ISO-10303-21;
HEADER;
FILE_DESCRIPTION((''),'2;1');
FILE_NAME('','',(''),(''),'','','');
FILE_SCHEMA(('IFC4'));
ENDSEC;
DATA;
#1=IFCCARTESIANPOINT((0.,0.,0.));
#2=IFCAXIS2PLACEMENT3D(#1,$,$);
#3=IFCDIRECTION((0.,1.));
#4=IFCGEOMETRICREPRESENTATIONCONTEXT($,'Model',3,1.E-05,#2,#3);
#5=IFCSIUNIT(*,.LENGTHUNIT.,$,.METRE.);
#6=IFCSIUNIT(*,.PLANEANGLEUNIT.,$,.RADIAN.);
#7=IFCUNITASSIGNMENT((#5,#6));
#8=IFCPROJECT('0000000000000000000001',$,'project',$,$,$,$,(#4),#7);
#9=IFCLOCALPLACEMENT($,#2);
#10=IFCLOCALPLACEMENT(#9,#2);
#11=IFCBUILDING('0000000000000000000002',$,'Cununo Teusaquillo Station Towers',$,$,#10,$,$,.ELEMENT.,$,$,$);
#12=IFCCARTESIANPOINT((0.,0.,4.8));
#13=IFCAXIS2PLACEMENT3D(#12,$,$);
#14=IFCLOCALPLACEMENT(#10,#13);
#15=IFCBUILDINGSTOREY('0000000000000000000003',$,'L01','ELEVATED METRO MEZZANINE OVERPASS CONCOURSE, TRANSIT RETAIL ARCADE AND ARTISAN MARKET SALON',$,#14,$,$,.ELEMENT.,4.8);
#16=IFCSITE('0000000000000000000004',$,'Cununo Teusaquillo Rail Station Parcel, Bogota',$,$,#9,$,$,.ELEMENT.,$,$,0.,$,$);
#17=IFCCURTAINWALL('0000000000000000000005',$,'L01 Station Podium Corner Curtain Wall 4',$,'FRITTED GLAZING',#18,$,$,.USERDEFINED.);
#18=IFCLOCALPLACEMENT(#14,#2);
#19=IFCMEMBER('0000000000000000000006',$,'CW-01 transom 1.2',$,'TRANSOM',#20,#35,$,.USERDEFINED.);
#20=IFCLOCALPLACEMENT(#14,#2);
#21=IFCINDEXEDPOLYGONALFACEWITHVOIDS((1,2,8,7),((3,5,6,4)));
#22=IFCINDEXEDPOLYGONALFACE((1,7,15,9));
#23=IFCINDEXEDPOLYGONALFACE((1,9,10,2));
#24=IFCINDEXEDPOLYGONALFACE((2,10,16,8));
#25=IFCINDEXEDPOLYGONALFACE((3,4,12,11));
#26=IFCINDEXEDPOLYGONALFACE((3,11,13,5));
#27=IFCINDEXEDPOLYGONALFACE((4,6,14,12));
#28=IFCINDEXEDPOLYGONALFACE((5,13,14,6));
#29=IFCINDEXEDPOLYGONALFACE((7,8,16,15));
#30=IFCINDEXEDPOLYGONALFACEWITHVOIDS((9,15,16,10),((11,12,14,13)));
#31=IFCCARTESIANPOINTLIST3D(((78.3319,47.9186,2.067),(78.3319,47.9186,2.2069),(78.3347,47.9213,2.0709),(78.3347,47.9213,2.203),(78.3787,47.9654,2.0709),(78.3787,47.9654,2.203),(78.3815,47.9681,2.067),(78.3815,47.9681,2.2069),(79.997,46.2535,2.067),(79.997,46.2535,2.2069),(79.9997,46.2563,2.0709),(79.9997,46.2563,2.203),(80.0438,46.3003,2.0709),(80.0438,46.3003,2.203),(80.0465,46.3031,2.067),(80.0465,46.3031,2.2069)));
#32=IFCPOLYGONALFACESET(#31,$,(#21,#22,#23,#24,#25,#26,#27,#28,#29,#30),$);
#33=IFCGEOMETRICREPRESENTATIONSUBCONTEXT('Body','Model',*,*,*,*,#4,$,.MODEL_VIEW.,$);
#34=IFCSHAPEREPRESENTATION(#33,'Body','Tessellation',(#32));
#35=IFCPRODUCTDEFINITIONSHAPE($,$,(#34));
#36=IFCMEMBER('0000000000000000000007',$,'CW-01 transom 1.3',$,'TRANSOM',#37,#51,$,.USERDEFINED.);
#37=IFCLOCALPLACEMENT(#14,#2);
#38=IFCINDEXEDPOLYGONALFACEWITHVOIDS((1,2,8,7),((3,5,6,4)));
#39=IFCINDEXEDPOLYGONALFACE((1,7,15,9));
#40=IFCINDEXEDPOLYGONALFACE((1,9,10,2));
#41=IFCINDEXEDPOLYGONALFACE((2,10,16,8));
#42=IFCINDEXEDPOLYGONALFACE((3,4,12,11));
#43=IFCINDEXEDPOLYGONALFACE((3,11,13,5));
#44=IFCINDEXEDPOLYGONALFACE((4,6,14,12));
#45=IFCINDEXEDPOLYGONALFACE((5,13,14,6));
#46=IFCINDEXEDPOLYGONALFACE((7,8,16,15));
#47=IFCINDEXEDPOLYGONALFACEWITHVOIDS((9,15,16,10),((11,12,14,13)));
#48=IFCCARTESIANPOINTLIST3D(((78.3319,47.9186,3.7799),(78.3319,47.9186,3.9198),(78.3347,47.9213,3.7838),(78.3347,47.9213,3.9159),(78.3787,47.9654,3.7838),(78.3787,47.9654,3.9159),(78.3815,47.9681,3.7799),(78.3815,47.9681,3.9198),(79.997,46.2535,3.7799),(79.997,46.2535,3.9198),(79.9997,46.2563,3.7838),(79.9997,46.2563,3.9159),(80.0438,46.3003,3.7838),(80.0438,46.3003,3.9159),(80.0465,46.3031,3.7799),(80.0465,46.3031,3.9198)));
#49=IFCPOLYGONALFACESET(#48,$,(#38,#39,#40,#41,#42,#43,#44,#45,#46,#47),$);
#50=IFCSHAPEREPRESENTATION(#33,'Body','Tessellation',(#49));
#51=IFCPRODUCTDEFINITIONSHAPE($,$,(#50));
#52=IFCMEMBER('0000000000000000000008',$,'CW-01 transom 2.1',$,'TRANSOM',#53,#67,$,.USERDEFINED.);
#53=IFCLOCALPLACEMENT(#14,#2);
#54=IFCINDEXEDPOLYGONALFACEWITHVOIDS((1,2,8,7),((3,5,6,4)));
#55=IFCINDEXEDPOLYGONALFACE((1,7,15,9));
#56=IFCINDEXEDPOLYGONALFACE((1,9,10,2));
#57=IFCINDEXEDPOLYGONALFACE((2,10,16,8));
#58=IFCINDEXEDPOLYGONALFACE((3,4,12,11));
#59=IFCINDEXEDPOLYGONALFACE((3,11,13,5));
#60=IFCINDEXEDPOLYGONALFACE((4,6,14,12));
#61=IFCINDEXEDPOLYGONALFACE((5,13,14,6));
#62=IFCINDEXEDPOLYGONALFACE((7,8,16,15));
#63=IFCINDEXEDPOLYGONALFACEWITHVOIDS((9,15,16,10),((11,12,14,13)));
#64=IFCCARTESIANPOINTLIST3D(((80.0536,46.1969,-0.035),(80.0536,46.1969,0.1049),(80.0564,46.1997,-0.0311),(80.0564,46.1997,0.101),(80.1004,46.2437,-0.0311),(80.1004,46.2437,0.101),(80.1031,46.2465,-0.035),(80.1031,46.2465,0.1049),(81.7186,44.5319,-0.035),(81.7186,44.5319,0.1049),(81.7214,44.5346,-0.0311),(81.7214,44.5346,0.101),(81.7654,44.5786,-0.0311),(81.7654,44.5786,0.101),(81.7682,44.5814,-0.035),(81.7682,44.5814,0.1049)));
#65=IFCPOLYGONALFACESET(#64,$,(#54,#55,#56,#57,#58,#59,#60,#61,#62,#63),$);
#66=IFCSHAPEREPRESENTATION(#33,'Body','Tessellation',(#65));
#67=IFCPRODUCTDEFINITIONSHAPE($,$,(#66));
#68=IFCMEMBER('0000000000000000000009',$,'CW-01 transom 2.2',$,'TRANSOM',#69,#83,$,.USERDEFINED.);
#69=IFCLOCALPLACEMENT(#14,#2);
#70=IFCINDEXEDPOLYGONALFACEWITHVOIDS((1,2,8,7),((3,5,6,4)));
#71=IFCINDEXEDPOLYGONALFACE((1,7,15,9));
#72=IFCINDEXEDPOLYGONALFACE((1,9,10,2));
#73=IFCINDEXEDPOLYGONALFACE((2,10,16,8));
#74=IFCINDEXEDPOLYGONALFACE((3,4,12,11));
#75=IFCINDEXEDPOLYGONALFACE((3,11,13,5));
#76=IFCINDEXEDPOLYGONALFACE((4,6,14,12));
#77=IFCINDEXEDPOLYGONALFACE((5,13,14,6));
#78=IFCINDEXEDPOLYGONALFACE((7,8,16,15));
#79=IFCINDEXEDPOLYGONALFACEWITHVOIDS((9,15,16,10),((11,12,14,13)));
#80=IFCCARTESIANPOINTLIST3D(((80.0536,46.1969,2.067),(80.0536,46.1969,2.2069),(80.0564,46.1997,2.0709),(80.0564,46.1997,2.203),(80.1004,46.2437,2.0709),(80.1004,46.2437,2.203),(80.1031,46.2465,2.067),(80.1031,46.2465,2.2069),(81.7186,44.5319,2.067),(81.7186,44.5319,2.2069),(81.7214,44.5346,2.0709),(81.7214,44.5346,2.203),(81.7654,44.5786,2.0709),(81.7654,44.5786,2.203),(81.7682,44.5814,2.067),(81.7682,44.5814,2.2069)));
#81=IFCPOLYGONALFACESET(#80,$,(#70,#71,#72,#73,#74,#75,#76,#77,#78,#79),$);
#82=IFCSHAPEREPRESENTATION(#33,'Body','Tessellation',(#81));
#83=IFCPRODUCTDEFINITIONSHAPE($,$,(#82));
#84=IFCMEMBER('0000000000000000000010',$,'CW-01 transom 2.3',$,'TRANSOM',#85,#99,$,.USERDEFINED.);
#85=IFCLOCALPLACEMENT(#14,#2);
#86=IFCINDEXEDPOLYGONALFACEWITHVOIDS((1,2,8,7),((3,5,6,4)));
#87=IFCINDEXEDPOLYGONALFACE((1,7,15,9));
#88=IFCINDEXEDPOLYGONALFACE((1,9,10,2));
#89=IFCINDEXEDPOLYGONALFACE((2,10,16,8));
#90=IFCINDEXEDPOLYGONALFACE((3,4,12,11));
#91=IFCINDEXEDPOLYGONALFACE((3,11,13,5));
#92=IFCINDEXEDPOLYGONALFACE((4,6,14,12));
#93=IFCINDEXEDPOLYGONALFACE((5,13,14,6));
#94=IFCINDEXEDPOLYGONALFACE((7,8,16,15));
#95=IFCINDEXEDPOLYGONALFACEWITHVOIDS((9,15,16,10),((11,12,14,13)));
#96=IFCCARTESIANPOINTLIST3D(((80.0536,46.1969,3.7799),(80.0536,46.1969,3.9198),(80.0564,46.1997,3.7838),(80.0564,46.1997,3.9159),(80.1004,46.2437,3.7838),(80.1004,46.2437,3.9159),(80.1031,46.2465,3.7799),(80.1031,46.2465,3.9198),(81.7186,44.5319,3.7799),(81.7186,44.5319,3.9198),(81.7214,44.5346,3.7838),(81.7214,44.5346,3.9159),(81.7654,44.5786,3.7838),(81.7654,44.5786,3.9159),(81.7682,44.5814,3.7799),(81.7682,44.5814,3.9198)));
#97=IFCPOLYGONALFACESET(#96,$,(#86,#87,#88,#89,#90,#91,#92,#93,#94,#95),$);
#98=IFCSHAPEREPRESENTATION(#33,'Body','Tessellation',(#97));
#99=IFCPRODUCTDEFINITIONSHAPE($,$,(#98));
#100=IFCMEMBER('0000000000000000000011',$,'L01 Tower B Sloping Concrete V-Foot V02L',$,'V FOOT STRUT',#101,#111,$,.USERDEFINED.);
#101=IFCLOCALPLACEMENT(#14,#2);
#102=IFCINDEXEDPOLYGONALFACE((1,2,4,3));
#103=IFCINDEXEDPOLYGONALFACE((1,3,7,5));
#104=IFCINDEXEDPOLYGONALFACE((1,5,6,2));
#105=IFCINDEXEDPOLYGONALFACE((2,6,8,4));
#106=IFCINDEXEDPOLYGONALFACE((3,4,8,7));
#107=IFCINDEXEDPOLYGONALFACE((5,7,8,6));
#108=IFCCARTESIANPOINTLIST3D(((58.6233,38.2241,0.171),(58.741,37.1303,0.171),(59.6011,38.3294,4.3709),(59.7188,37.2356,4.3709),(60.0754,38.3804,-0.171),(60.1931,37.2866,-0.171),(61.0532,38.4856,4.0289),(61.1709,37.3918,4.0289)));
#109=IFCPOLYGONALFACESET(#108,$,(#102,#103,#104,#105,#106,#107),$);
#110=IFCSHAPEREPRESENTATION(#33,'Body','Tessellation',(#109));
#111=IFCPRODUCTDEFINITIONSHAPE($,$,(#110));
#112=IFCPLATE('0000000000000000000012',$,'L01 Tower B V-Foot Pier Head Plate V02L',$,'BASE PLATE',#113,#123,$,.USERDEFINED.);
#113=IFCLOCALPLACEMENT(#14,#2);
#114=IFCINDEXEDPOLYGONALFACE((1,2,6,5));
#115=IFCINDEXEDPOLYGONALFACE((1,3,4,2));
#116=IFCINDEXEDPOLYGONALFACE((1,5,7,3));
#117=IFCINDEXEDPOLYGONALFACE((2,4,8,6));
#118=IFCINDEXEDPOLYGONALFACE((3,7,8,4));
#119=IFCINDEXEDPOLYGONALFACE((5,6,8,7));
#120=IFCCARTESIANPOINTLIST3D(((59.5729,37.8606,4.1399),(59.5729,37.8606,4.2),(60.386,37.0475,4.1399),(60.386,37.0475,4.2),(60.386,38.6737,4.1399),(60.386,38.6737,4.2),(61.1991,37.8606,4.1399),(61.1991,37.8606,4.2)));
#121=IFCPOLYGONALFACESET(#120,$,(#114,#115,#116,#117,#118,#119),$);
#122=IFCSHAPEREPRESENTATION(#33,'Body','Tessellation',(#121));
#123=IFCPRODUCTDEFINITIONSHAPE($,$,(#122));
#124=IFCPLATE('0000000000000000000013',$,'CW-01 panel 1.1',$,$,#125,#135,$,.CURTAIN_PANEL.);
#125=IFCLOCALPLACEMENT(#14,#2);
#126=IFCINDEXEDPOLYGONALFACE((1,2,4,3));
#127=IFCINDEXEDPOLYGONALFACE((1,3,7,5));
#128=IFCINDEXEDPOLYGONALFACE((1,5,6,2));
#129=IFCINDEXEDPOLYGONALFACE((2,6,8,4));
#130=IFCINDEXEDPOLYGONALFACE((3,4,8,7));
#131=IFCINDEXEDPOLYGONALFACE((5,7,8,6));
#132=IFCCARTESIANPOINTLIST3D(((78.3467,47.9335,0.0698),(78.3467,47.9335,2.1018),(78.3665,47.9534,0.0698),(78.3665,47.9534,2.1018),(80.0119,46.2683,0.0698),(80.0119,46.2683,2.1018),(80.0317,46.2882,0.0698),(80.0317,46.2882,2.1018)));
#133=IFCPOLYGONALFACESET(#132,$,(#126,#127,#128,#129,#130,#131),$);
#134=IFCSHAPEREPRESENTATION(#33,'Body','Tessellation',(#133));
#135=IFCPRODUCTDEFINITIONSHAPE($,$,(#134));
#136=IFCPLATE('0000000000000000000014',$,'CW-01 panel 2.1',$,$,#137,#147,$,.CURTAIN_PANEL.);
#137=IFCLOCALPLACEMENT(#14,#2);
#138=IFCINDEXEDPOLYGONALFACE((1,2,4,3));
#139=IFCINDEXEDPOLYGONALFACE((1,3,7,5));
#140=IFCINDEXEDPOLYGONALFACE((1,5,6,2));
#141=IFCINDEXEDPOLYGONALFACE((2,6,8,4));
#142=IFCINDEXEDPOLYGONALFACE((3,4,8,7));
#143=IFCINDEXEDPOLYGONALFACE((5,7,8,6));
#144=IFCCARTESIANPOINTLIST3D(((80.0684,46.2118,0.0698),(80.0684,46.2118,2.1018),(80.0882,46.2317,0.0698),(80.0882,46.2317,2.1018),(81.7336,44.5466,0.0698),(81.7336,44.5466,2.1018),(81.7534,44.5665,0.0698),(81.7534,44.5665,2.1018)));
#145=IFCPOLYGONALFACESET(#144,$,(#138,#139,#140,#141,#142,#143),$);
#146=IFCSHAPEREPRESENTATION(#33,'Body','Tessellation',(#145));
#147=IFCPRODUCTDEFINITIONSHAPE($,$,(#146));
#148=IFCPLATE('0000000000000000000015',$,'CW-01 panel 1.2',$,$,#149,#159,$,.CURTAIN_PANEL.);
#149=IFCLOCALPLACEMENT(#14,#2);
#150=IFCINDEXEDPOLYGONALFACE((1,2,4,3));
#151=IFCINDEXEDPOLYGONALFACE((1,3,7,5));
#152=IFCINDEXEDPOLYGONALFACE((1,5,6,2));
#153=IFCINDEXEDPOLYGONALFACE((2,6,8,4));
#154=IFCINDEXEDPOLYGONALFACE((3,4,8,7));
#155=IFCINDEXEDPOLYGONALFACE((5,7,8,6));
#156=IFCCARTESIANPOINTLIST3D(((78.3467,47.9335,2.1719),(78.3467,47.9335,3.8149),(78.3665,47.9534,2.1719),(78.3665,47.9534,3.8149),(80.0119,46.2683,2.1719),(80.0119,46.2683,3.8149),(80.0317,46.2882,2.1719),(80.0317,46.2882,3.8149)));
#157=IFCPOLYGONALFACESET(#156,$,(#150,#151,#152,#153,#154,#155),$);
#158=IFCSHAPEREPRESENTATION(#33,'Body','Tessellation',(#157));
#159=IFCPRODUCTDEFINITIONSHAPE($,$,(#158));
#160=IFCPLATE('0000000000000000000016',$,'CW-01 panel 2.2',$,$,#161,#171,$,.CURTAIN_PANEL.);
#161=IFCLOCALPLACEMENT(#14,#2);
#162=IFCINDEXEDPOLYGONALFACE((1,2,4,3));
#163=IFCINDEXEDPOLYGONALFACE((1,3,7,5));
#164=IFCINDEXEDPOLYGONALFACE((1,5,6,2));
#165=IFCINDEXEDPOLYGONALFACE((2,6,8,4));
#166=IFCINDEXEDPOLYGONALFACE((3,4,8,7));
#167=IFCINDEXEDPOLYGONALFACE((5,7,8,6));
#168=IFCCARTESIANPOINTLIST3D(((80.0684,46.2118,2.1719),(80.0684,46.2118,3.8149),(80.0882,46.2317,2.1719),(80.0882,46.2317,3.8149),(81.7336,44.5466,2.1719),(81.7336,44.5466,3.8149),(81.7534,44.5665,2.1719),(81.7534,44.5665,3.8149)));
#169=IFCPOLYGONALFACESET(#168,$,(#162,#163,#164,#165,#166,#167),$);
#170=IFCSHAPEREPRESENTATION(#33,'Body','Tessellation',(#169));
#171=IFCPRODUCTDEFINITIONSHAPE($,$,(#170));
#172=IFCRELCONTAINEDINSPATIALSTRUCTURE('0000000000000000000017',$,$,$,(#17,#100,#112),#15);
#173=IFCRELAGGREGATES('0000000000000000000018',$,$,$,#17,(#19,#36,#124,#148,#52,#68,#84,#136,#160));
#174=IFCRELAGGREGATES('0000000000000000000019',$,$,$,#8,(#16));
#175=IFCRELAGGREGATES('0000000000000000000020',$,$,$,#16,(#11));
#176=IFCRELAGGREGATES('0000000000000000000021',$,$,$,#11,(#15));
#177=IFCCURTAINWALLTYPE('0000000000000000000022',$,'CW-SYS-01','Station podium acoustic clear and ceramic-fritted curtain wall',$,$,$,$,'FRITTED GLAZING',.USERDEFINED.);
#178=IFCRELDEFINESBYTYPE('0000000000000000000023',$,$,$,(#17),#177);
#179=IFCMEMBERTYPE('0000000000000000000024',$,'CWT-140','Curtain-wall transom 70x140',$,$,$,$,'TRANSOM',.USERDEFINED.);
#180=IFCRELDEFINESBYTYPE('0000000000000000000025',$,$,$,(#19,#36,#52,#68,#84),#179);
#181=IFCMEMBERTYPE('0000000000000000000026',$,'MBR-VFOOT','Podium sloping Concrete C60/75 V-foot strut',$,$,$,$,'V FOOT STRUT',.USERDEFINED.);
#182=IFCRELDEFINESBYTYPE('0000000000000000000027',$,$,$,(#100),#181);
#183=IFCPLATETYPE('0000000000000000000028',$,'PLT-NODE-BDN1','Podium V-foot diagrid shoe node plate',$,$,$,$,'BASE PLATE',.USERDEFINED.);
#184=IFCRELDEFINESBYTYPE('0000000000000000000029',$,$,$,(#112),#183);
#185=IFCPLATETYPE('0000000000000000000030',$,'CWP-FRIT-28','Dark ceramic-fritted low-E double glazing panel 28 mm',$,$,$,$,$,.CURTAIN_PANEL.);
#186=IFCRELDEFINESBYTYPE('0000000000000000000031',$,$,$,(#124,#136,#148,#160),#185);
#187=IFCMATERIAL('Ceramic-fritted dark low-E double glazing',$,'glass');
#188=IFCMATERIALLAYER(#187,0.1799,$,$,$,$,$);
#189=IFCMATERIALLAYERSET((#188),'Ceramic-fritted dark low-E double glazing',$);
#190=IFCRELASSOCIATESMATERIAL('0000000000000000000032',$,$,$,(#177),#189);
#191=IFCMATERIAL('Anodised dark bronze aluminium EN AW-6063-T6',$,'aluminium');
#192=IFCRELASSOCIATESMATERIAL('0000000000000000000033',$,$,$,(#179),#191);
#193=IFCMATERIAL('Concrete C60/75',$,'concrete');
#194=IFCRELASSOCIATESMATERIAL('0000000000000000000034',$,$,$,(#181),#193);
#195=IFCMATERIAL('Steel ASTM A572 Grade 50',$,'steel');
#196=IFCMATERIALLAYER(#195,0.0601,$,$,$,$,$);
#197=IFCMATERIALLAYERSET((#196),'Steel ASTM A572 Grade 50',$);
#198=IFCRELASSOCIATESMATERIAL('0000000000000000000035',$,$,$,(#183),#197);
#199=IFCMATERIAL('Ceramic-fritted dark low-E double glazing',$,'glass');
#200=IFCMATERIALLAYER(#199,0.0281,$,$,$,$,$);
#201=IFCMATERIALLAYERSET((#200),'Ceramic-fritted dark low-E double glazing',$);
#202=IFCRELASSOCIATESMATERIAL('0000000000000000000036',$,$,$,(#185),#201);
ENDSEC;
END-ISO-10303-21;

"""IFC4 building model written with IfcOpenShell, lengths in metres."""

from ifc_helpers import new_model, si_unit, direction, frame, origin, origin_2d, place, context, subcontext, project, spatial, rectangle, hollow_rectangle, extrude, source, transform, mapped, material, layer, layer_set, material_profile, profile_set, type_object, element, aggregate, save


model = new_model("IFC4")

# Units and contexts
model_context = context("Model", 3, precision=1e-05, world=origin(), true_north=direction((0.0, 1.0)))
body_context = subcontext(model_context, "Body", "Model", "MODEL_VIEW")
ifc_project = project(units=[si_unit("LENGTHUNIT", "METRE"), si_unit("PLANEANGLEUNIT", "RADIAN")], contexts=[model_context])

# Site, building, storey
site_placement = place(None, origin())
site = spatial("IfcSite", under=ifc_project, at=site_placement, Name="Cununo Teusaquillo Rail Station Parcel, Bogota", CompositionType="ELEMENT", RefElevation=0.0)
building_placement = place(site_placement, origin())
building = spatial("IfcBuilding", under=site, at=building_placement, Name="Cununo Teusaquillo Station Towers", CompositionType="ELEMENT")
storey_placement = place(building_placement, frame((0.0, 0.0, 4.8)))
storey = spatial("IfcBuildingStorey", under=building, at=storey_placement, Name="L01", Description="ELEVATED METRO MEZZANINE OVERPASS CONCOURSE, TRANSIT RETAIL ARCADE AND ARTISAN MARKET SALON", CompositionType="ELEMENT", Elevation=4.8)

# Curtain wall, members
ifc_material_1 = material(Name="Ceramic-fritted dark low-E double glazing", Category="glass")
ifc_layer_1 = layer(ifc_material_1, 0.1799)
ifc_layer_set_1 = layer_set([ifc_layer_1], Name="Ceramic-fritted dark low-E double glazing")
curtain_wall_type = type_object("IfcCurtainWallType", Name="CW-SYS-01", Description="Station podium acoustic clear and ceramic-fritted curtain wall", ElementType="FRITTED GLAZING", PredefinedType="USERDEFINED", material=ifc_layer_set_1)
curtain_wall_placement = place(storey_placement, origin())
curtain_wall = element("IfcCurtainWall", 1, at=curtain_wall_placement, inside=storey, type_object=curtain_wall_type, Name="L01 Station Podium Corner Curtain Wall 4", ObjectType="FRITTED GLAZING", PredefinedType="USERDEFINED")
ifc_material_2 = material(Name="Anodised dark bronze aluminium EN AW-6063-T6", Category="aluminium")
ifc_material_profile_1 = material_profile(ifc_material_2, hollow_rectangle(XDim=0.0701, YDim=0.1399, WallThickness=0.0039, at=origin_2d()), Name="CW-TRAN-70x140")
ifc_profile_set_1 = profile_set([ifc_material_profile_1], Name="Anodised dark bronze aluminium EN AW-6063-T6")
member_type_1 = type_object("IfcMemberType", Name="CWT-140", Description="Curtain-wall transom 70x140", ElementType="TRANSOM", PredefinedType="USERDEFINED", material=ifc_profile_set_1)
member_1_placement = place(storey_placement, frame((78.3567, 47.9434, 2.137), z_axis=(0.707107, -0.707107, 0.0), x_axis=(0.707107, 0.707107, 0.0)))
member_1 = element("IfcMember", 2, at=member_1_placement, type_object=member_type_1, Name="CW-01 transom 1.2", ObjectType="TRANSOM", PredefinedType="USERDEFINED", context=body_context, shape_type="SweptSolid", body=[
    extrude(hollow_rectangle(XDim=0.0701, YDim=0.1399, WallThickness=0.0039, at=origin_2d()), origin(), (0.0, 0.0, 1.0), 2.3547),
])
member_2_placement = place(storey_placement, frame((78.3567, 47.9434, 3.8499), z_axis=(0.707107, -0.707107, 0.0), x_axis=(0.707107, 0.707107, 0.0)))
member_2 = element("IfcMember", 3, at=member_2_placement, type_object=member_type_1, Name="CW-01 transom 1.3", ObjectType="TRANSOM", PredefinedType="USERDEFINED", context=body_context, shape_type="SweptSolid", body=[
    extrude(hollow_rectangle(XDim=0.0701, YDim=0.1399, WallThickness=0.0039, at=origin_2d()), origin(), (0.0, 0.0, 1.0), 2.3547),
])
member_3_placement = place(storey_placement, frame((80.0784, 46.2217, 0.0349), z_axis=(0.707107, -0.707107, 0.0), x_axis=(0.707107, 0.707107, 0.0)))
member_3 = element("IfcMember", 4, at=member_3_placement, type_object=member_type_1, Name="CW-01 transom 2.1", ObjectType="TRANSOM", PredefinedType="USERDEFINED", context=body_context, shape_type="SweptSolid", body=[
    extrude(hollow_rectangle(XDim=0.0701, YDim=0.1399, WallThickness=0.0039, at=origin_2d()), origin(), (0.0, 0.0, 1.0), 2.3547),
])
member_4_placement = place(storey_placement, frame((80.0784, 46.2217, 2.137), z_axis=(0.707107, -0.707107, 0.0), x_axis=(0.707107, 0.707107, 0.0)))
member_4 = element("IfcMember", 5, at=member_4_placement, type_object=member_type_1, Name="CW-01 transom 2.2", ObjectType="TRANSOM", PredefinedType="USERDEFINED", context=body_context, shape_type="SweptSolid", body=[
    extrude(hollow_rectangle(XDim=0.0701, YDim=0.1399, WallThickness=0.0039, at=origin_2d()), origin(), (0.0, 0.0, 1.0), 2.3547),
])
member_5_placement = place(storey_placement, frame((80.0784, 46.2217, 3.8499), z_axis=(0.707107, -0.707107, 0.0), x_axis=(0.707107, 0.707107, 0.0)))
member_5 = element("IfcMember", 6, at=member_5_placement, type_object=member_type_1, Name="CW-01 transom 2.3", ObjectType="TRANSOM", PredefinedType="USERDEFINED", context=body_context, shape_type="SweptSolid", body=[
    extrude(hollow_rectangle(XDim=0.0701, YDim=0.1399, WallThickness=0.0039, at=origin_2d()), origin(), (0.0, 0.0, 1.0), 2.3547),
])

# Member
ifc_material_3 = material(Name="Concrete C60/75", Category="concrete")
ifc_material_profile_2 = material_profile(ifc_material_3, rectangle(XDim=1.1001, YDim=1.5, at=origin_2d()), Name="RC-RECT-1500x1100")
ifc_profile_set_2 = profile_set([ifc_material_profile_2], Name="Concrete C60/75")
member_type_2 = type_object("IfcMemberType", Name="MBR-VFOOT", Description="Podium sloping Concrete C60/75 V-foot strut", ElementType="V FOOT STRUT", PredefinedType="USERDEFINED", material=ifc_profile_set_2)
member_6_placement = place(storey_placement, frame((59.4082, 37.7554, 0.0), z_axis=(0.226677, 0.024394, 0.973664), x_axis=(-0.106998, 0.994259, 0.0)))
element("IfcMember", 7, at=member_6_placement, inside=storey, type_object=member_type_2, Name="L01 Tower B Sloping Concrete V-Foot V02L", ObjectType="V FOOT STRUT", PredefinedType="USERDEFINED", context=body_context, shape_type="SweptSolid", body=[
    extrude(rectangle(XDim=1.1001, YDim=1.5, at=origin_2d()), origin(), (0.0, 0.0, 1.0), 4.3135),
])

# Plates
ifc_material_4 = material(Name="Steel ASTM A572 Grade 50", Category="steel")
ifc_layer_2 = layer(ifc_material_4, 0.0601)
ifc_layer_set_2 = layer_set([ifc_layer_2], Name="Steel ASTM A572 Grade 50")
plate_type_1 = type_object("IfcPlateType", Name="PLT-NODE-BDN1", Description="Podium V-foot diagrid shoe node plate", ElementType="BASE PLATE", PredefinedType="USERDEFINED", material=ifc_layer_set_2)
shared_shape_1 = source(origin(), body_context, "Body", "SweptSolid", [
    extrude(rectangle(XDim=1.1499, YDim=1.1499, at=origin_2d()), origin(), (0.0, 0.0, 1.0), 0.0601),
])
plate_1_placement = place(storey_placement, frame((60.386, 37.8606, 4.1399), z_axis=(0.0, 0.0, 1.0), x_axis=(0.707107, 0.707107, 0.0)))
element("IfcPlate", 8, at=plate_1_placement, inside=storey, type_object=plate_type_1, Name="L01 Tower B V-Foot Pier Head Plate V02L", ObjectType="BASE PLATE", PredefinedType="USERDEFINED", context=body_context, shape_type="MappedRepresentation", body=[
    mapped(shared_shape_1, transform((0.0, 0.0, 0.0), x_axis=(1.0, 0.0, 0.0), y_axis=(0.0, 1.0, 0.0), z_axis=(0.0, 0.0, 1.0), scale=1.0)),
])
ifc_material_5 = material(Name="Ceramic-fritted dark low-E double glazing", Category="glass")
ifc_layer_3 = layer(ifc_material_5, 0.0281)
ifc_layer_set_3 = layer_set([ifc_layer_3], Name="Ceramic-fritted dark low-E double glazing")
plate_type_2 = type_object("IfcPlateType", Name="CWP-FRIT-28", Description="Dark ceramic-fritted low-E double glazing panel 28 mm", PredefinedType="CURTAIN_PANEL", material=ifc_layer_set_3)
shared_shape_2 = source(origin(), body_context, "Body", "SweptSolid", [
    extrude(rectangle(XDim=2.355, YDim=0.0281, at=origin_2d()), origin(), (0.0, 0.0, 1.0), 2.032),
])
plate_2_placement = place(storey_placement, frame((79.1892, 47.1108, 0.0698), z_axis=(0.0, 0.0, 1.0), x_axis=(0.707107, -0.707107, 0.0)))
plate_2 = element("IfcPlate", 9, at=plate_2_placement, type_object=plate_type_2, Name="CW-01 panel 1.1", PredefinedType="CURTAIN_PANEL", context=body_context, shape_type="MappedRepresentation", body=[
    mapped(shared_shape_2, transform((0.0, 0.0, 0.0), x_axis=(1.0, 0.0, 0.0), y_axis=(0.0, 1.0, 0.0), z_axis=(0.0, 0.0, 1.0), scale=1.0)),
])
plate_3_placement = place(storey_placement, frame((80.9109, 45.3892, 0.0698), z_axis=(0.0, 0.0, 1.0), x_axis=(0.707107, -0.707107, 0.0)))
plate_3 = element("IfcPlate", 10, at=plate_3_placement, type_object=plate_type_2, Name="CW-01 panel 2.1", PredefinedType="CURTAIN_PANEL", context=body_context, shape_type="MappedRepresentation", body=[
    mapped(shared_shape_2, transform((0.0, 0.0, 0.0), x_axis=(1.0, 0.0, 0.0), y_axis=(0.0, 1.0, 0.0), z_axis=(0.0, 0.0, 1.0), scale=1.0)),
])
shared_shape_3 = source(origin(), body_context, "Body", "SweptSolid", [
    extrude(rectangle(XDim=2.355, YDim=0.0281, at=origin_2d()), origin(), (0.0, 0.0, 1.0), 1.6431),
])
plate_4_placement = place(storey_placement, frame((79.1892, 47.1108, 2.1719), z_axis=(0.0, 0.0, 1.0), x_axis=(0.707107, -0.707107, 0.0)))
plate_4 = element("IfcPlate", 11, at=plate_4_placement, type_object=plate_type_2, Name="CW-01 panel 1.2", PredefinedType="CURTAIN_PANEL", context=body_context, shape_type="MappedRepresentation", body=[
    mapped(shared_shape_3, transform((0.0, 0.0, 0.0), x_axis=(1.0, 0.0, 0.0), y_axis=(0.0, 1.0, 0.0), z_axis=(0.0, 0.0, 1.0), scale=1.0)),
])
plate_5_placement = place(storey_placement, frame((80.9109, 45.3892, 2.1719), z_axis=(0.0, 0.0, 1.0), x_axis=(0.707107, -0.707107, 0.0)))
plate_5 = element("IfcPlate", 12, at=plate_5_placement, type_object=plate_type_2, Name="CW-01 panel 2.2", PredefinedType="CURTAIN_PANEL", context=body_context, shape_type="MappedRepresentation", body=[
    mapped(shared_shape_3, transform((0.0, 0.0, 0.0), x_axis=(1.0, 0.0, 0.0), y_axis=(0.0, 1.0, 0.0), z_axis=(0.0, 0.0, 1.0), scale=1.0)),
])
aggregate(curtain_wall, [member_1, member_2, plate_2, plate_4, member_3, member_4, member_5, plate_3, plate_5])

save(model, "model.ifc")
